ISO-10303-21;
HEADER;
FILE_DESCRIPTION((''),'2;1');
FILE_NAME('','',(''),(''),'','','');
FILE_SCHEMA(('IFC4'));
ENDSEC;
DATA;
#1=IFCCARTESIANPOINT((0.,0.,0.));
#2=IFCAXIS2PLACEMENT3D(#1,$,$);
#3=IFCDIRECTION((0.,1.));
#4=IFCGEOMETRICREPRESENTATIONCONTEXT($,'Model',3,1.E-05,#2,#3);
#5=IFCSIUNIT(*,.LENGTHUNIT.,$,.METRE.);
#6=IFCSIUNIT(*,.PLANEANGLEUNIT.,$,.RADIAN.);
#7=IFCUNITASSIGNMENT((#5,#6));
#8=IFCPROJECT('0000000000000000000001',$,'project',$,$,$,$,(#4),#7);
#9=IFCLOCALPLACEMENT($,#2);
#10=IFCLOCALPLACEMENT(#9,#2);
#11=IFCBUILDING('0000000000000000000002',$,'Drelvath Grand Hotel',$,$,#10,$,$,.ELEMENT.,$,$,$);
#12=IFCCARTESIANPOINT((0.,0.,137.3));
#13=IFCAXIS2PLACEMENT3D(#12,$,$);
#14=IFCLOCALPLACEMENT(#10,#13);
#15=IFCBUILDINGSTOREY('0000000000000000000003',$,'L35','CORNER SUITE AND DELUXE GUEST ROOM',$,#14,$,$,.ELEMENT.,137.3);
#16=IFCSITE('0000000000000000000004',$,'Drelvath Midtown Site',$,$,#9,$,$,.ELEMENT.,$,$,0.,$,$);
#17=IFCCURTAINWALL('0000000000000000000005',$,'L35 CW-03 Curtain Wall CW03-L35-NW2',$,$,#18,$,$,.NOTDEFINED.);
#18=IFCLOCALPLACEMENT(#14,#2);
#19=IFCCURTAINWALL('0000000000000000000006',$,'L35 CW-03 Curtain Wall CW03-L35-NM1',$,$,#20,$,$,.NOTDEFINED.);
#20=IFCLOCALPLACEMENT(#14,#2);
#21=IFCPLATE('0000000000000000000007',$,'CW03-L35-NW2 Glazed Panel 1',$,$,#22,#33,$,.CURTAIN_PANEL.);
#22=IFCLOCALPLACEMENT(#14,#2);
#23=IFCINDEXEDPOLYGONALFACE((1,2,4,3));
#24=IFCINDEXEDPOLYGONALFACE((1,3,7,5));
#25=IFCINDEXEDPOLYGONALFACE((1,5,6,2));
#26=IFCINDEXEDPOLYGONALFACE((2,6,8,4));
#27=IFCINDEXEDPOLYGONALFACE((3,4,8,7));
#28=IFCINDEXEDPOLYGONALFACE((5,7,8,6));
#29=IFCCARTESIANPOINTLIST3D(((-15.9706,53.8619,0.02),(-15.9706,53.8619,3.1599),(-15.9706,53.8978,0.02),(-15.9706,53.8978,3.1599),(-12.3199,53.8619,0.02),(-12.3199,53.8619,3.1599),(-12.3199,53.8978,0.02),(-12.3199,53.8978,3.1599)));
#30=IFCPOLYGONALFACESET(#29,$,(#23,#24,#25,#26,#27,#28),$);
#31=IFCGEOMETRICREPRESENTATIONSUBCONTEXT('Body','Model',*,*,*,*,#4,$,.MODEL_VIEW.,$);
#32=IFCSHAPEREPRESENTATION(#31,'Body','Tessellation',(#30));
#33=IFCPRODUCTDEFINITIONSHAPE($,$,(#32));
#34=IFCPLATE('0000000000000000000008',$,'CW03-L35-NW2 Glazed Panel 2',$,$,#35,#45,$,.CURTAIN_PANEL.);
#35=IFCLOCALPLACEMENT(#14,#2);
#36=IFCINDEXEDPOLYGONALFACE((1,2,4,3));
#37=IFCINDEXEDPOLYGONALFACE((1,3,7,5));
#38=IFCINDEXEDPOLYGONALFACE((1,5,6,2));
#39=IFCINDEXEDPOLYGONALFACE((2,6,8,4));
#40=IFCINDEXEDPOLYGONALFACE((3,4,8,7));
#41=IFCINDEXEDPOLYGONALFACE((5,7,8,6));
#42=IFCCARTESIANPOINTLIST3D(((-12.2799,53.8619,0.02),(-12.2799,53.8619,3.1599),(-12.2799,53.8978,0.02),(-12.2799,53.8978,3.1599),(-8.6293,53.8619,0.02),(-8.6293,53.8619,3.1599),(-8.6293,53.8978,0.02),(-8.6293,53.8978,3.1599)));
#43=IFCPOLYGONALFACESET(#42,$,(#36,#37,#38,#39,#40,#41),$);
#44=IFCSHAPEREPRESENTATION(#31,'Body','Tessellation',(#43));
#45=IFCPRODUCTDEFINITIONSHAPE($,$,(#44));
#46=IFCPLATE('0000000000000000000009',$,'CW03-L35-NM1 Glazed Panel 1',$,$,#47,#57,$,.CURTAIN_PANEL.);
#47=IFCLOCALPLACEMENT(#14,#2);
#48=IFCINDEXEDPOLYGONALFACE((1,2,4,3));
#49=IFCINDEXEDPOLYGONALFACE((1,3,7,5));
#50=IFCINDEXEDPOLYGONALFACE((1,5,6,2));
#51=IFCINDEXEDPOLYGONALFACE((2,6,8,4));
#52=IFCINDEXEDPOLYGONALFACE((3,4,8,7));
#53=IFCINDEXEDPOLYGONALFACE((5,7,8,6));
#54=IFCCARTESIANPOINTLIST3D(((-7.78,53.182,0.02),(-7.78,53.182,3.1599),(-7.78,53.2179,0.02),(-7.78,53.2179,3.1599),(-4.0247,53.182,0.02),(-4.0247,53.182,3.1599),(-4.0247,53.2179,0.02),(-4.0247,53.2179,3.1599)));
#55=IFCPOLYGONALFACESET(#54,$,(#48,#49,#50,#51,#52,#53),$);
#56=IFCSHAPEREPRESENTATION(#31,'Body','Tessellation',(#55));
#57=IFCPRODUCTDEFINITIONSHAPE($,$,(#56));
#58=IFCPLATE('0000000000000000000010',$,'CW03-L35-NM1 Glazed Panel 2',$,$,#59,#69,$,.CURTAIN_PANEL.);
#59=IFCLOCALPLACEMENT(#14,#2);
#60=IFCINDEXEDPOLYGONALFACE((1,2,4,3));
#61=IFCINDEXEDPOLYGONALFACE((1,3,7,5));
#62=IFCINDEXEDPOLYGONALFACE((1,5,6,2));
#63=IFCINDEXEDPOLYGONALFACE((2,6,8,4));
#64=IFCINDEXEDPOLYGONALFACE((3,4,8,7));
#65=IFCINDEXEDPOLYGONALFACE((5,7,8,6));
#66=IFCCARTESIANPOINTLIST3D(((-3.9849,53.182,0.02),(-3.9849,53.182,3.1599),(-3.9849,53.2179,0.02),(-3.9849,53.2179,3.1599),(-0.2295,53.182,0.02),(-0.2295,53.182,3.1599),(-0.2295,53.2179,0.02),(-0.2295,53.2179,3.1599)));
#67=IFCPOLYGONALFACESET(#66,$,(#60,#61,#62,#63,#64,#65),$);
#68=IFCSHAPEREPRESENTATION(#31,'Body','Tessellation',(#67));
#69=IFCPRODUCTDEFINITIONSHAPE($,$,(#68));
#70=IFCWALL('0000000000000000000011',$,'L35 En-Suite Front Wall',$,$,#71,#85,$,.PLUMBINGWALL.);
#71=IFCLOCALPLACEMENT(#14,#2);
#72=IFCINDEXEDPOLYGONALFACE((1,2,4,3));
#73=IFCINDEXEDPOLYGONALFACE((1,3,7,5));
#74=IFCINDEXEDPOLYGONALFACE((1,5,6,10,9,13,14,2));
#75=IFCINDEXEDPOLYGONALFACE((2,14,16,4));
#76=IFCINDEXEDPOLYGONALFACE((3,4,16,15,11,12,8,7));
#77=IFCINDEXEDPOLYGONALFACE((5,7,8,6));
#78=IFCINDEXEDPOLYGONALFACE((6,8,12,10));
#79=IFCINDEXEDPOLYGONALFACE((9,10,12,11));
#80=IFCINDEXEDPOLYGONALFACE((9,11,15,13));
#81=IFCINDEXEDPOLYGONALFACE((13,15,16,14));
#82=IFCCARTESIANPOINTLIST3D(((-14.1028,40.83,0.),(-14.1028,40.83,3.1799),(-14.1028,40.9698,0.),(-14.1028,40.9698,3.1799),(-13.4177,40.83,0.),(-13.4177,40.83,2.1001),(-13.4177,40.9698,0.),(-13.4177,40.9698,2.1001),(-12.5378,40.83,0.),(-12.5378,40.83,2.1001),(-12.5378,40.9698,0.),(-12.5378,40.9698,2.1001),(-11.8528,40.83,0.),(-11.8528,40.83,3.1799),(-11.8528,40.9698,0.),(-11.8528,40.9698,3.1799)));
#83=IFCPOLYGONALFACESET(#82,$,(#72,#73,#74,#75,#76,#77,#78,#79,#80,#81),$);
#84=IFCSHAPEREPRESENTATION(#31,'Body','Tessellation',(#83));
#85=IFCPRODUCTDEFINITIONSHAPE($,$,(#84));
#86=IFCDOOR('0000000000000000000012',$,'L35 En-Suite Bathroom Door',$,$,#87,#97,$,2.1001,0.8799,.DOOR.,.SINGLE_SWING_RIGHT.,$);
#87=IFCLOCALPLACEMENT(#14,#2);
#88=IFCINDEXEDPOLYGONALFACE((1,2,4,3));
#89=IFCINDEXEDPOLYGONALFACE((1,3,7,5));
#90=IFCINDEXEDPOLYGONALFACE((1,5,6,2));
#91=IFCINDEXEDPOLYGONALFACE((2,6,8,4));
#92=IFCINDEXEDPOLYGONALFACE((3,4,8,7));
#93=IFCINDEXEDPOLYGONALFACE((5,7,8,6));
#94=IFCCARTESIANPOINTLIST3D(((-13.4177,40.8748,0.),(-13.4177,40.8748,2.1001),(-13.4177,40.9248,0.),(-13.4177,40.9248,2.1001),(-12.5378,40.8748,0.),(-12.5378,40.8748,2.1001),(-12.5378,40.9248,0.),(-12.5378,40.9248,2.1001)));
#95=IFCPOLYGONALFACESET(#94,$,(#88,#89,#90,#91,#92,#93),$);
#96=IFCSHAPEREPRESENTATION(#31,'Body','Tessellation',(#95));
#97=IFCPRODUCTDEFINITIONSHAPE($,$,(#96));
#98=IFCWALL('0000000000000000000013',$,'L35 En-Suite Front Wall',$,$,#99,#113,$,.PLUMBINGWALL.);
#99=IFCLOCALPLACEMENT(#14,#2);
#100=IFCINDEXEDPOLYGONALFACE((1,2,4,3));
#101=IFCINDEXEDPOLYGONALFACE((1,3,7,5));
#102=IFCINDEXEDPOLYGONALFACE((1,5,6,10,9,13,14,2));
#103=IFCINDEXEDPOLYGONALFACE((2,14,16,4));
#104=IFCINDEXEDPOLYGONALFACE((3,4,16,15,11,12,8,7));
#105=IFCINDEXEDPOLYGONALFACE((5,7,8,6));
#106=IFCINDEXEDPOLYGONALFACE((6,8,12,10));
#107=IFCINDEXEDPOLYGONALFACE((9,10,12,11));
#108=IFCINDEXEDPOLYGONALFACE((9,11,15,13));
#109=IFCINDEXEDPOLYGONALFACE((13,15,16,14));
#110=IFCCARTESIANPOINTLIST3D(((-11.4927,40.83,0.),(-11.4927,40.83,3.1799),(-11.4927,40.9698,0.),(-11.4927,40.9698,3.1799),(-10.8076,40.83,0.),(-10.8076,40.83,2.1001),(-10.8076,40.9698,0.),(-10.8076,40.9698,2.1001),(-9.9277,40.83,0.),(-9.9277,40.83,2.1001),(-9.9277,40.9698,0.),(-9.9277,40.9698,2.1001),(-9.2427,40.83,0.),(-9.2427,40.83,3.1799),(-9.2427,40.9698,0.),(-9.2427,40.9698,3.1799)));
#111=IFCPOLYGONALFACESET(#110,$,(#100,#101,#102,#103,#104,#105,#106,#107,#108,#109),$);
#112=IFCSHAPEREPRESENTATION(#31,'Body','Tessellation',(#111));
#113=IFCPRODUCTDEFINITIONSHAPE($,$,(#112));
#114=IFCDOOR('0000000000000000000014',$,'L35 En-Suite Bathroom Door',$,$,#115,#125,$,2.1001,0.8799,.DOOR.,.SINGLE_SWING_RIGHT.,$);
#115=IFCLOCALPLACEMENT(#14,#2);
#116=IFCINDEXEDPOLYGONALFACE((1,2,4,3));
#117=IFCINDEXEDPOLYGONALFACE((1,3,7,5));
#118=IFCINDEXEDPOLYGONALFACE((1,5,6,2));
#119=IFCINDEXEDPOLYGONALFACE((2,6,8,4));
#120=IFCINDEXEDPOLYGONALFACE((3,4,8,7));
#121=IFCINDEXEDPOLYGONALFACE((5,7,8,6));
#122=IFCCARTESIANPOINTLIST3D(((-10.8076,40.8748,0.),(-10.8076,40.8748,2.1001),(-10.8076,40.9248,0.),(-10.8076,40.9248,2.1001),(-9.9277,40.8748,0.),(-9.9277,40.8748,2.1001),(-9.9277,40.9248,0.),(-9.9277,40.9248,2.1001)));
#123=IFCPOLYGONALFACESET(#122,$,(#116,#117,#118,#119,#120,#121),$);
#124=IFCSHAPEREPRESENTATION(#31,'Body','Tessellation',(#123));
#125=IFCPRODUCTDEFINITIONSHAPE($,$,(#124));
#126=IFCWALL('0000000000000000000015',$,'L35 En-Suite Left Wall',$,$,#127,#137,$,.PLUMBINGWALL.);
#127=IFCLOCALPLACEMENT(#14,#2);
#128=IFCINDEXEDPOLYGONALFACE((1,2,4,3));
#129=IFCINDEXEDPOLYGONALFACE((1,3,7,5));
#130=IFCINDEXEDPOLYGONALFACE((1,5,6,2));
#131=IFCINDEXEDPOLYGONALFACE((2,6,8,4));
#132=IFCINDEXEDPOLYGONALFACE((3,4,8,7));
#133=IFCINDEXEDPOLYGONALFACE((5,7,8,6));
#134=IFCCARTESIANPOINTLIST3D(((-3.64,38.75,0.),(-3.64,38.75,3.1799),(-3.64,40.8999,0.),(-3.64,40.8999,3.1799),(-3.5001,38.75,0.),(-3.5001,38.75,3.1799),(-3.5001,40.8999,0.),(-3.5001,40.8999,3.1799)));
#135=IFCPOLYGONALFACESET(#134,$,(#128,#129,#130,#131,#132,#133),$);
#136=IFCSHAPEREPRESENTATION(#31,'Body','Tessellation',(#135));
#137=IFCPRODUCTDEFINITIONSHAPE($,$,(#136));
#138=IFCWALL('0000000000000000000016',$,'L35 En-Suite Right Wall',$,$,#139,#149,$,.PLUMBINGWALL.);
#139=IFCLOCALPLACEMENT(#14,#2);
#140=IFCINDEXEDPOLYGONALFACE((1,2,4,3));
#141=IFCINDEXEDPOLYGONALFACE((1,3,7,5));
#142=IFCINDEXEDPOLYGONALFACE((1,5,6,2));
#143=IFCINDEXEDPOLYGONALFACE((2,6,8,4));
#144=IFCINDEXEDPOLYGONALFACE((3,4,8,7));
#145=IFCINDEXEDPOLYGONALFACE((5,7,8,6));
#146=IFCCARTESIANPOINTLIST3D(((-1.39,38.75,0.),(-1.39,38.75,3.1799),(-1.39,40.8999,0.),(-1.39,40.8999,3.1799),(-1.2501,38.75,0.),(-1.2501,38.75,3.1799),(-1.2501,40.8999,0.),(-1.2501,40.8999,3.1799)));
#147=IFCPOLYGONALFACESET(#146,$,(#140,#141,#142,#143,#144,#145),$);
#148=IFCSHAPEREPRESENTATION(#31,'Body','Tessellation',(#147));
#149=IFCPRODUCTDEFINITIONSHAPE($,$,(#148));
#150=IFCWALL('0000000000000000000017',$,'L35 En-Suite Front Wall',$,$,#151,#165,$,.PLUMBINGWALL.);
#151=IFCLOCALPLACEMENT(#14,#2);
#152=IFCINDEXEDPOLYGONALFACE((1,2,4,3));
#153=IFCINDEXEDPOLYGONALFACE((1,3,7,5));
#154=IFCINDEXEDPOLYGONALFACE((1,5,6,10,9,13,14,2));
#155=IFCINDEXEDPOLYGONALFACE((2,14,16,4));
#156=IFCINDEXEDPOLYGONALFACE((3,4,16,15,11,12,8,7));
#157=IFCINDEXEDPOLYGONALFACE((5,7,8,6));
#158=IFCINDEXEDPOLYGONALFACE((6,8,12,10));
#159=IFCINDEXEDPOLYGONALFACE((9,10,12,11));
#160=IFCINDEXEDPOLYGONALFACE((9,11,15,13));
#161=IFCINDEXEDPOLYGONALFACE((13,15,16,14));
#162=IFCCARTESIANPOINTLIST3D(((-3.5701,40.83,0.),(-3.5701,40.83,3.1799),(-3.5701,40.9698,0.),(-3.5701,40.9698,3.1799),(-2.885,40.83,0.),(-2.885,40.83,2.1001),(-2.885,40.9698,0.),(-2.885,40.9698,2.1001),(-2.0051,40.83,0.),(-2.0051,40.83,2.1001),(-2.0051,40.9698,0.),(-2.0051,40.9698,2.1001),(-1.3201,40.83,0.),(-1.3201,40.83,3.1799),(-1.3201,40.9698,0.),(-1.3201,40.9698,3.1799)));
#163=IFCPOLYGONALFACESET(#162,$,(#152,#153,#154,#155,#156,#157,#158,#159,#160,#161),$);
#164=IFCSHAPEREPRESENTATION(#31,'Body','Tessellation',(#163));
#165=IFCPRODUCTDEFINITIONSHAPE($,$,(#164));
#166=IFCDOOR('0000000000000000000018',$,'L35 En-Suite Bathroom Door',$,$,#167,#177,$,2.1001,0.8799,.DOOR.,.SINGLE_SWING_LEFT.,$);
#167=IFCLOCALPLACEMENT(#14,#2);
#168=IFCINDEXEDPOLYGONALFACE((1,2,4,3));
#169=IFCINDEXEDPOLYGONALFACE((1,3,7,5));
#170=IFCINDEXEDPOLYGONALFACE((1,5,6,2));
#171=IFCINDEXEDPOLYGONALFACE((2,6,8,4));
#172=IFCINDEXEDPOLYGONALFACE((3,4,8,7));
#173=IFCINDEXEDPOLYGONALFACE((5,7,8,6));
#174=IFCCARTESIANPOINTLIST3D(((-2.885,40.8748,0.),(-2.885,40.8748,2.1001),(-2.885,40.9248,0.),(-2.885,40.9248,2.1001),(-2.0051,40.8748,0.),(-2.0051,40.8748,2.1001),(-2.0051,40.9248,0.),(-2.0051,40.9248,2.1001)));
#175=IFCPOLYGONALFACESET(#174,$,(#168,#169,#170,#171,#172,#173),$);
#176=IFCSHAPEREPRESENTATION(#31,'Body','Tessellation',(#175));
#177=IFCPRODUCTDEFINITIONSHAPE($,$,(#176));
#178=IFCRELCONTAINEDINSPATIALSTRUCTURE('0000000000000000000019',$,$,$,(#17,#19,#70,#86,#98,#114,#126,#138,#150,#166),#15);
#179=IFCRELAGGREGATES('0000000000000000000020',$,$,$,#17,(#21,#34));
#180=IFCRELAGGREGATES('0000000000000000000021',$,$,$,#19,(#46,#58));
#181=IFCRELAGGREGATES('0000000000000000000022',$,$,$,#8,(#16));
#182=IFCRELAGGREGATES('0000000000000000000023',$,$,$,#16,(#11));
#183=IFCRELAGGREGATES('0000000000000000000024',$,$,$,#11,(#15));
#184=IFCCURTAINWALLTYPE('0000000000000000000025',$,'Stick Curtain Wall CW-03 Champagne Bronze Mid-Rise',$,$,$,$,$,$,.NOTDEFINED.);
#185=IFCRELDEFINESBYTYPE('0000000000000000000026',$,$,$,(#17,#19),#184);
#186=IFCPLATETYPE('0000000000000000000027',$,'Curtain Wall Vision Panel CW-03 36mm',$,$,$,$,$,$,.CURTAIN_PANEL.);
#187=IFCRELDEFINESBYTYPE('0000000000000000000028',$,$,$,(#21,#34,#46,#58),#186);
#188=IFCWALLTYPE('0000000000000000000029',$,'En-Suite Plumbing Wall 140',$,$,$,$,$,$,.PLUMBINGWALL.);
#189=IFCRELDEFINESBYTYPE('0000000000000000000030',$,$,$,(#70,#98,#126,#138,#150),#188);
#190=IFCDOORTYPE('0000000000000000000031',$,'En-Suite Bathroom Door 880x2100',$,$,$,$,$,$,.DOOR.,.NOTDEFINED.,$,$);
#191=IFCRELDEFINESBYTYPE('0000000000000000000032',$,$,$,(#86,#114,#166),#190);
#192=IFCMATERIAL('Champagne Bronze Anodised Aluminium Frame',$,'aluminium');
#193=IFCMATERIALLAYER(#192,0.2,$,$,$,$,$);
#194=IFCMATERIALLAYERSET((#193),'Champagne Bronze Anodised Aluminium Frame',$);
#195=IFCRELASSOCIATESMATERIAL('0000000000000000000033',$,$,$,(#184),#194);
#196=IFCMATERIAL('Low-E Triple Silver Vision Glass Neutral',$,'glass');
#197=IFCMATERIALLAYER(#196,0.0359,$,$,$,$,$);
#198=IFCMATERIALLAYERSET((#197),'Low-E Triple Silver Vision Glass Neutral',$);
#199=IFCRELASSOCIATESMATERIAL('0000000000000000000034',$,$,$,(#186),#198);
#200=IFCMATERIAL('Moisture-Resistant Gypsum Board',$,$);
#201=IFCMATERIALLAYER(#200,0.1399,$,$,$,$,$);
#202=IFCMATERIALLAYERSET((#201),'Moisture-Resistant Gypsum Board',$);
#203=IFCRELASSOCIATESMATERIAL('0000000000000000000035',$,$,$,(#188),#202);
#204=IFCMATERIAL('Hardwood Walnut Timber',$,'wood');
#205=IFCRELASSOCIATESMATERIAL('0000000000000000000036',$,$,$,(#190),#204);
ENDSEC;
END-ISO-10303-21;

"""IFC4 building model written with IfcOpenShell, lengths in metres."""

from ifc_helpers import new_model, si_unit, direction, frame, frame_2d, origin, origin_2d, place, context, subcontext, project, spatial, rectangle, extrude, material, layer, layer_set, type_object, element, fill, aggregate, save


model = new_model("IFC4")

# Units and contexts
model_context = context("Model", 3, precision=1e-05, world=origin(), true_north=direction((0.0, 1.0)))
body_context = subcontext(model_context, "Body", "Model", "MODEL_VIEW")
ifc_project = project(units=[si_unit("LENGTHUNIT", "METRE"), si_unit("PLANEANGLEUNIT", "RADIAN")], contexts=[model_context])

# Site, building, storey
site_placement = place(None, origin())
site = spatial("IfcSite", under=ifc_project, at=site_placement, Name="Drelvath Midtown Site", CompositionType="ELEMENT", RefElevation=0.0)
building_placement = place(site_placement, origin())
building = spatial("IfcBuilding", under=site, at=building_placement, Name="Drelvath Grand Hotel", CompositionType="ELEMENT")
storey_placement = place(building_placement, frame((0.0, 0.0, 137.3)))
storey = spatial("IfcBuildingStorey", under=building, at=storey_placement, Name="L35", Description="CORNER SUITE AND DELUXE GUEST ROOM", CompositionType="ELEMENT", Elevation=137.3)

# Curtain walls
ifc_material_1 = material(Name="Champagne Bronze Anodised Aluminium Frame", Category="aluminium")
ifc_layer_1 = layer(ifc_material_1, 0.2)
ifc_layer_set_1 = layer_set([ifc_layer_1], Name="Champagne Bronze Anodised Aluminium Frame")
curtain_wall_type = type_object("IfcCurtainWallType", Name="Stick Curtain Wall CW-03 Champagne Bronze Mid-Rise", PredefinedType="NOTDEFINED", material=ifc_layer_set_1)
curtain_wall_1_placement = place(storey_placement, origin())
curtain_wall_1 = element("IfcCurtainWall", 1, at=curtain_wall_1_placement, inside=storey, type_object=curtain_wall_type, Name="L35 CW-03 Curtain Wall CW03-L35-NW2", PredefinedType="NOTDEFINED")
curtain_wall_2_placement = place(storey_placement, origin())
curtain_wall_2 = element("IfcCurtainWall", 2, at=curtain_wall_2_placement, inside=storey, type_object=curtain_wall_type, Name="L35 CW-03 Curtain Wall CW03-L35-NM1", PredefinedType="NOTDEFINED")

# Plates
ifc_material_2 = material(Name="Low-E Triple Silver Vision Glass Neutral", Category="glass")
ifc_layer_2 = layer(ifc_material_2, 0.0359)
ifc_layer_set_2 = layer_set([ifc_layer_2], Name="Low-E Triple Silver Vision Glass Neutral")
plate_type = type_object("IfcPlateType", Name="Curtain Wall Vision Panel CW-03 36mm", PredefinedType="CURTAIN_PANEL", material=ifc_layer_set_2)
plate_1_placement = place(storey_placement, frame((-14.1453, 53.8799, 0.02), z_axis=(0.0, 0.0, 1.0), x_axis=(1.0, 0.0, 0.0)))
plate_1 = element("IfcPlate", 3, at=plate_1_placement, type_object=plate_type, Name="CW03-L35-NW2 Glazed Panel 1", PredefinedType="CURTAIN_PANEL", context=body_context, shape_type="SweptSolid", body=[
    extrude(rectangle(XDim=3.6506, YDim=0.0359, at=origin_2d()), origin(), (0.0, 0.0, 1.0), 3.1399),
])
plate_2_placement = place(storey_placement, frame((-10.4546, 53.8799, 0.02), z_axis=(0.0, 0.0, 1.0), x_axis=(1.0, 0.0, 0.0)))
plate_2 = element("IfcPlate", 4, at=plate_2_placement, type_object=plate_type, Name="CW03-L35-NW2 Glazed Panel 2", PredefinedType="CURTAIN_PANEL", context=body_context, shape_type="SweptSolid", body=[
    extrude(rectangle(XDim=3.6506, YDim=0.0359, at=origin_2d()), origin(), (0.0, 0.0, 1.0), 3.1399),
])
aggregate(curtain_wall_1, [plate_1, plate_2])
plate_3_placement = place(storey_placement, frame((-5.9023, 53.2, 0.02), z_axis=(0.0, 0.0, 1.0), x_axis=(1.0, 0.0, 0.0)))
plate_3 = element("IfcPlate", 5, at=plate_3_placement, type_object=plate_type, Name="CW03-L35-NM1 Glazed Panel 1", PredefinedType="CURTAIN_PANEL", context=body_context, shape_type="SweptSolid", body=[
    extrude(rectangle(XDim=3.7554, YDim=0.0359, at=origin_2d()), origin(), (0.0, 0.0, 1.0), 3.1399),
])
plate_4_placement = place(storey_placement, frame((-2.1072, 53.2, 0.02), z_axis=(0.0, 0.0, 1.0), x_axis=(1.0, 0.0, 0.0)))
plate_4 = element("IfcPlate", 6, at=plate_4_placement, type_object=plate_type, Name="CW03-L35-NM1 Glazed Panel 2", PredefinedType="CURTAIN_PANEL", context=body_context, shape_type="SweptSolid", body=[
    extrude(rectangle(XDim=3.7554, YDim=0.0359, at=origin_2d()), origin(), (0.0, 0.0, 1.0), 3.1399),
])
aggregate(curtain_wall_2, [plate_3, plate_4])

# Walls, openings, doors
ifc_material_3 = material(Name="Moisture-Resistant Gypsum Board")
ifc_layer_3 = layer(ifc_material_3, 0.1399)
ifc_layer_set_3 = layer_set([ifc_layer_3], Name="Moisture-Resistant Gypsum Board")
wall_type_1 = type_object("IfcWallType", Name="En-Suite Plumbing Wall 140", PredefinedType="PLUMBINGWALL", material=ifc_layer_set_3)
wall_1_placement = place(storey_placement, frame((-14.1028, 40.8999, 0.0), z_axis=(0.0, 0.0, 1.0), x_axis=(1.0, 0.0, 0.0)))
wall_1 = element("IfcWall", 7, at=wall_1_placement, inside=storey, type_object=wall_type_1, Name="L35 En-Suite Front Wall", PredefinedType="PLUMBINGWALL", context=body_context, shape_type="SweptSolid", body=[
    extrude(rectangle(XDim=2.25, YDim=0.1399, at=frame_2d((1.125, 0.0))), origin(), (0.0, 0.0, 1.0), 3.1799),
])
opening_1_placement = place(wall_1_placement, frame((0.6851, 0.0, 0.0)))
opening_1 = element("IfcOpeningElement", 8, at=opening_1_placement, cuts=wall_1, PredefinedType="OPENING", context=body_context, shape_type="SweptSolid", body=[
    extrude(rectangle(XDim=0.8799, YDim=2.1001, at=frame_2d((0.4399, 1.05))), frame((0.0, 0.0798, 0.0), z_axis=(0.0, -1.0, 0.0), x_axis=(1.0, 0.0, 0.0)), (0.0, 0.0, 1.0), 0.1599),
])
ifc_material_4 = material(Name="Hardwood Walnut Timber", Category="wood")
door_type = type_object("IfcDoorType", Name="En-Suite Bathroom Door 880x2100", OperationType="NOTDEFINED", PredefinedType="DOOR", material=ifc_material_4)
door_1_placement = place(opening_1_placement, origin())
door_1 = element("IfcDoor", 9, at=door_1_placement, inside=storey, type_object=door_type, Name="L35 En-Suite Bathroom Door", OperationType="SINGLE_SWING_RIGHT", OverallHeight=2.1001, OverallWidth=0.8799, PredefinedType="DOOR", context=body_context, shape_type="SweptSolid", body=[
    extrude(rectangle(XDim=0.8799, YDim=2.1001, at=frame_2d((0.4399, 1.05))), frame((0.0, 0.0249, 0.0), z_axis=(0.0, -1.0, 0.0), x_axis=(1.0, 0.0, 0.0)), (0.0, 0.0, 1.0), 0.05),
])
fill(opening_1, door_1)
wall_2_placement = place(storey_placement, frame((-11.4927, 40.8999, 0.0), z_axis=(0.0, 0.0, 1.0), x_axis=(1.0, 0.0, 0.0)))
wall_2 = element("IfcWall", 10, at=wall_2_placement, inside=storey, type_object=wall_type_1, Name="L35 En-Suite Front Wall", PredefinedType="PLUMBINGWALL", context=body_context, shape_type="SweptSolid", body=[
    extrude(rectangle(XDim=2.25, YDim=0.1399, at=frame_2d((1.125, 0.0))), origin(), (0.0, 0.0, 1.0), 3.1799),
])
opening_2_placement = place(wall_2_placement, frame((0.6851, 0.0, 0.0)))
opening_2 = element("IfcOpeningElement", 11, at=opening_2_placement, cuts=wall_2, PredefinedType="OPENING", context=body_context, shape_type="SweptSolid", body=[
    extrude(rectangle(XDim=0.8799, YDim=2.1001, at=frame_2d((0.4399, 1.05))), frame((0.0, 0.0798, 0.0), z_axis=(0.0, -1.0, 0.0), x_axis=(1.0, 0.0, 0.0)), (0.0, 0.0, 1.0), 0.1599),
])
door_2_placement = place(opening_2_placement, origin())
door_2 = element("IfcDoor", 12, at=door_2_placement, inside=storey, type_object=door_type, Name="L35 En-Suite Bathroom Door", OperationType="SINGLE_SWING_RIGHT", OverallHeight=2.1001, OverallWidth=0.8799, PredefinedType="DOOR", context=body_context, shape_type="SweptSolid", body=[
    extrude(rectangle(XDim=0.8799, YDim=2.1001, at=frame_2d((0.4399, 1.05))), frame((0.0, 0.0249, 0.0), z_axis=(0.0, -1.0, 0.0), x_axis=(1.0, 0.0, 0.0)), (0.0, 0.0, 1.0), 0.05),
])
fill(opening_2, door_2)

# Walls
for number, where, z_axis, x_axis, name in (
    (13, (-3.5701, 38.75, 0.0), (0.0, 0.0, 1.0), (0.0, 1.0, 0.0), "L35 En-Suite Left Wall"),
    (14, (-1.3201, 38.75, 0.0), (0.0, 0.0, 1.0), (0.0, 1.0, 0.0), "L35 En-Suite Right Wall"),
):
    element("IfcWall", number, at=place(storey_placement, frame(where, z_axis=z_axis, x_axis=x_axis)), inside=storey, type_object=wall_type_1, Name=name, PredefinedType="PLUMBINGWALL", context=body_context, shape_type="SweptSolid", body=[
        extrude(rectangle(XDim=2.1499, YDim=0.1399, at=frame_2d((1.075, 0.0))), origin(), (0.0, 0.0, 1.0), 3.1799),
    ])

# Wall, opening, door
wall_3_placement = place(storey_placement, frame((-3.5701, 40.8999, 0.0), z_axis=(0.0, 0.0, 1.0), x_axis=(1.0, 0.0, 0.0)))
wall_3 = element("IfcWall", 15, at=wall_3_placement, inside=storey, type_object=wall_type_1, Name="L35 En-Suite Front Wall", PredefinedType="PLUMBINGWALL", context=body_context, shape_type="SweptSolid", body=[
    extrude(rectangle(XDim=2.25, YDim=0.1399, at=frame_2d((1.125, 0.0))), origin(), (0.0, 0.0, 1.0), 3.1799),
])
opening_3_placement = place(wall_3_placement, frame((0.6851, 0.0, 0.0)))
opening_3 = element("IfcOpeningElement", 16, at=opening_3_placement, cuts=wall_3, PredefinedType="OPENING", context=body_context, shape_type="SweptSolid", body=[
    extrude(rectangle(XDim=0.8799, YDim=2.1001, at=frame_2d((0.4399, 1.05))), frame((0.0, 0.0798, 0.0), z_axis=(0.0, -1.0, 0.0), x_axis=(1.0, 0.0, 0.0)), (0.0, 0.0, 1.0), 0.1599),
])
door_3_placement = place(opening_3_placement, origin())
door_3 = element("IfcDoor", 17, at=door_3_placement, inside=storey, type_object=door_type, Name="L35 En-Suite Bathroom Door", OperationType="SINGLE_SWING_LEFT", OverallHeight=2.1001, OverallWidth=0.8799, PredefinedType="DOOR", context=body_context, shape_type="SweptSolid", body=[
    extrude(rectangle(XDim=0.8799, YDim=2.1001, at=frame_2d((0.4399, 1.05))), frame((0.0, 0.0249, 0.0), z_axis=(0.0, -1.0, 0.0), x_axis=(1.0, 0.0, 0.0)), (0.0, 0.0, 1.0), 0.05),
])
fill(opening_3, door_3)

save(model, "model.ifc")
